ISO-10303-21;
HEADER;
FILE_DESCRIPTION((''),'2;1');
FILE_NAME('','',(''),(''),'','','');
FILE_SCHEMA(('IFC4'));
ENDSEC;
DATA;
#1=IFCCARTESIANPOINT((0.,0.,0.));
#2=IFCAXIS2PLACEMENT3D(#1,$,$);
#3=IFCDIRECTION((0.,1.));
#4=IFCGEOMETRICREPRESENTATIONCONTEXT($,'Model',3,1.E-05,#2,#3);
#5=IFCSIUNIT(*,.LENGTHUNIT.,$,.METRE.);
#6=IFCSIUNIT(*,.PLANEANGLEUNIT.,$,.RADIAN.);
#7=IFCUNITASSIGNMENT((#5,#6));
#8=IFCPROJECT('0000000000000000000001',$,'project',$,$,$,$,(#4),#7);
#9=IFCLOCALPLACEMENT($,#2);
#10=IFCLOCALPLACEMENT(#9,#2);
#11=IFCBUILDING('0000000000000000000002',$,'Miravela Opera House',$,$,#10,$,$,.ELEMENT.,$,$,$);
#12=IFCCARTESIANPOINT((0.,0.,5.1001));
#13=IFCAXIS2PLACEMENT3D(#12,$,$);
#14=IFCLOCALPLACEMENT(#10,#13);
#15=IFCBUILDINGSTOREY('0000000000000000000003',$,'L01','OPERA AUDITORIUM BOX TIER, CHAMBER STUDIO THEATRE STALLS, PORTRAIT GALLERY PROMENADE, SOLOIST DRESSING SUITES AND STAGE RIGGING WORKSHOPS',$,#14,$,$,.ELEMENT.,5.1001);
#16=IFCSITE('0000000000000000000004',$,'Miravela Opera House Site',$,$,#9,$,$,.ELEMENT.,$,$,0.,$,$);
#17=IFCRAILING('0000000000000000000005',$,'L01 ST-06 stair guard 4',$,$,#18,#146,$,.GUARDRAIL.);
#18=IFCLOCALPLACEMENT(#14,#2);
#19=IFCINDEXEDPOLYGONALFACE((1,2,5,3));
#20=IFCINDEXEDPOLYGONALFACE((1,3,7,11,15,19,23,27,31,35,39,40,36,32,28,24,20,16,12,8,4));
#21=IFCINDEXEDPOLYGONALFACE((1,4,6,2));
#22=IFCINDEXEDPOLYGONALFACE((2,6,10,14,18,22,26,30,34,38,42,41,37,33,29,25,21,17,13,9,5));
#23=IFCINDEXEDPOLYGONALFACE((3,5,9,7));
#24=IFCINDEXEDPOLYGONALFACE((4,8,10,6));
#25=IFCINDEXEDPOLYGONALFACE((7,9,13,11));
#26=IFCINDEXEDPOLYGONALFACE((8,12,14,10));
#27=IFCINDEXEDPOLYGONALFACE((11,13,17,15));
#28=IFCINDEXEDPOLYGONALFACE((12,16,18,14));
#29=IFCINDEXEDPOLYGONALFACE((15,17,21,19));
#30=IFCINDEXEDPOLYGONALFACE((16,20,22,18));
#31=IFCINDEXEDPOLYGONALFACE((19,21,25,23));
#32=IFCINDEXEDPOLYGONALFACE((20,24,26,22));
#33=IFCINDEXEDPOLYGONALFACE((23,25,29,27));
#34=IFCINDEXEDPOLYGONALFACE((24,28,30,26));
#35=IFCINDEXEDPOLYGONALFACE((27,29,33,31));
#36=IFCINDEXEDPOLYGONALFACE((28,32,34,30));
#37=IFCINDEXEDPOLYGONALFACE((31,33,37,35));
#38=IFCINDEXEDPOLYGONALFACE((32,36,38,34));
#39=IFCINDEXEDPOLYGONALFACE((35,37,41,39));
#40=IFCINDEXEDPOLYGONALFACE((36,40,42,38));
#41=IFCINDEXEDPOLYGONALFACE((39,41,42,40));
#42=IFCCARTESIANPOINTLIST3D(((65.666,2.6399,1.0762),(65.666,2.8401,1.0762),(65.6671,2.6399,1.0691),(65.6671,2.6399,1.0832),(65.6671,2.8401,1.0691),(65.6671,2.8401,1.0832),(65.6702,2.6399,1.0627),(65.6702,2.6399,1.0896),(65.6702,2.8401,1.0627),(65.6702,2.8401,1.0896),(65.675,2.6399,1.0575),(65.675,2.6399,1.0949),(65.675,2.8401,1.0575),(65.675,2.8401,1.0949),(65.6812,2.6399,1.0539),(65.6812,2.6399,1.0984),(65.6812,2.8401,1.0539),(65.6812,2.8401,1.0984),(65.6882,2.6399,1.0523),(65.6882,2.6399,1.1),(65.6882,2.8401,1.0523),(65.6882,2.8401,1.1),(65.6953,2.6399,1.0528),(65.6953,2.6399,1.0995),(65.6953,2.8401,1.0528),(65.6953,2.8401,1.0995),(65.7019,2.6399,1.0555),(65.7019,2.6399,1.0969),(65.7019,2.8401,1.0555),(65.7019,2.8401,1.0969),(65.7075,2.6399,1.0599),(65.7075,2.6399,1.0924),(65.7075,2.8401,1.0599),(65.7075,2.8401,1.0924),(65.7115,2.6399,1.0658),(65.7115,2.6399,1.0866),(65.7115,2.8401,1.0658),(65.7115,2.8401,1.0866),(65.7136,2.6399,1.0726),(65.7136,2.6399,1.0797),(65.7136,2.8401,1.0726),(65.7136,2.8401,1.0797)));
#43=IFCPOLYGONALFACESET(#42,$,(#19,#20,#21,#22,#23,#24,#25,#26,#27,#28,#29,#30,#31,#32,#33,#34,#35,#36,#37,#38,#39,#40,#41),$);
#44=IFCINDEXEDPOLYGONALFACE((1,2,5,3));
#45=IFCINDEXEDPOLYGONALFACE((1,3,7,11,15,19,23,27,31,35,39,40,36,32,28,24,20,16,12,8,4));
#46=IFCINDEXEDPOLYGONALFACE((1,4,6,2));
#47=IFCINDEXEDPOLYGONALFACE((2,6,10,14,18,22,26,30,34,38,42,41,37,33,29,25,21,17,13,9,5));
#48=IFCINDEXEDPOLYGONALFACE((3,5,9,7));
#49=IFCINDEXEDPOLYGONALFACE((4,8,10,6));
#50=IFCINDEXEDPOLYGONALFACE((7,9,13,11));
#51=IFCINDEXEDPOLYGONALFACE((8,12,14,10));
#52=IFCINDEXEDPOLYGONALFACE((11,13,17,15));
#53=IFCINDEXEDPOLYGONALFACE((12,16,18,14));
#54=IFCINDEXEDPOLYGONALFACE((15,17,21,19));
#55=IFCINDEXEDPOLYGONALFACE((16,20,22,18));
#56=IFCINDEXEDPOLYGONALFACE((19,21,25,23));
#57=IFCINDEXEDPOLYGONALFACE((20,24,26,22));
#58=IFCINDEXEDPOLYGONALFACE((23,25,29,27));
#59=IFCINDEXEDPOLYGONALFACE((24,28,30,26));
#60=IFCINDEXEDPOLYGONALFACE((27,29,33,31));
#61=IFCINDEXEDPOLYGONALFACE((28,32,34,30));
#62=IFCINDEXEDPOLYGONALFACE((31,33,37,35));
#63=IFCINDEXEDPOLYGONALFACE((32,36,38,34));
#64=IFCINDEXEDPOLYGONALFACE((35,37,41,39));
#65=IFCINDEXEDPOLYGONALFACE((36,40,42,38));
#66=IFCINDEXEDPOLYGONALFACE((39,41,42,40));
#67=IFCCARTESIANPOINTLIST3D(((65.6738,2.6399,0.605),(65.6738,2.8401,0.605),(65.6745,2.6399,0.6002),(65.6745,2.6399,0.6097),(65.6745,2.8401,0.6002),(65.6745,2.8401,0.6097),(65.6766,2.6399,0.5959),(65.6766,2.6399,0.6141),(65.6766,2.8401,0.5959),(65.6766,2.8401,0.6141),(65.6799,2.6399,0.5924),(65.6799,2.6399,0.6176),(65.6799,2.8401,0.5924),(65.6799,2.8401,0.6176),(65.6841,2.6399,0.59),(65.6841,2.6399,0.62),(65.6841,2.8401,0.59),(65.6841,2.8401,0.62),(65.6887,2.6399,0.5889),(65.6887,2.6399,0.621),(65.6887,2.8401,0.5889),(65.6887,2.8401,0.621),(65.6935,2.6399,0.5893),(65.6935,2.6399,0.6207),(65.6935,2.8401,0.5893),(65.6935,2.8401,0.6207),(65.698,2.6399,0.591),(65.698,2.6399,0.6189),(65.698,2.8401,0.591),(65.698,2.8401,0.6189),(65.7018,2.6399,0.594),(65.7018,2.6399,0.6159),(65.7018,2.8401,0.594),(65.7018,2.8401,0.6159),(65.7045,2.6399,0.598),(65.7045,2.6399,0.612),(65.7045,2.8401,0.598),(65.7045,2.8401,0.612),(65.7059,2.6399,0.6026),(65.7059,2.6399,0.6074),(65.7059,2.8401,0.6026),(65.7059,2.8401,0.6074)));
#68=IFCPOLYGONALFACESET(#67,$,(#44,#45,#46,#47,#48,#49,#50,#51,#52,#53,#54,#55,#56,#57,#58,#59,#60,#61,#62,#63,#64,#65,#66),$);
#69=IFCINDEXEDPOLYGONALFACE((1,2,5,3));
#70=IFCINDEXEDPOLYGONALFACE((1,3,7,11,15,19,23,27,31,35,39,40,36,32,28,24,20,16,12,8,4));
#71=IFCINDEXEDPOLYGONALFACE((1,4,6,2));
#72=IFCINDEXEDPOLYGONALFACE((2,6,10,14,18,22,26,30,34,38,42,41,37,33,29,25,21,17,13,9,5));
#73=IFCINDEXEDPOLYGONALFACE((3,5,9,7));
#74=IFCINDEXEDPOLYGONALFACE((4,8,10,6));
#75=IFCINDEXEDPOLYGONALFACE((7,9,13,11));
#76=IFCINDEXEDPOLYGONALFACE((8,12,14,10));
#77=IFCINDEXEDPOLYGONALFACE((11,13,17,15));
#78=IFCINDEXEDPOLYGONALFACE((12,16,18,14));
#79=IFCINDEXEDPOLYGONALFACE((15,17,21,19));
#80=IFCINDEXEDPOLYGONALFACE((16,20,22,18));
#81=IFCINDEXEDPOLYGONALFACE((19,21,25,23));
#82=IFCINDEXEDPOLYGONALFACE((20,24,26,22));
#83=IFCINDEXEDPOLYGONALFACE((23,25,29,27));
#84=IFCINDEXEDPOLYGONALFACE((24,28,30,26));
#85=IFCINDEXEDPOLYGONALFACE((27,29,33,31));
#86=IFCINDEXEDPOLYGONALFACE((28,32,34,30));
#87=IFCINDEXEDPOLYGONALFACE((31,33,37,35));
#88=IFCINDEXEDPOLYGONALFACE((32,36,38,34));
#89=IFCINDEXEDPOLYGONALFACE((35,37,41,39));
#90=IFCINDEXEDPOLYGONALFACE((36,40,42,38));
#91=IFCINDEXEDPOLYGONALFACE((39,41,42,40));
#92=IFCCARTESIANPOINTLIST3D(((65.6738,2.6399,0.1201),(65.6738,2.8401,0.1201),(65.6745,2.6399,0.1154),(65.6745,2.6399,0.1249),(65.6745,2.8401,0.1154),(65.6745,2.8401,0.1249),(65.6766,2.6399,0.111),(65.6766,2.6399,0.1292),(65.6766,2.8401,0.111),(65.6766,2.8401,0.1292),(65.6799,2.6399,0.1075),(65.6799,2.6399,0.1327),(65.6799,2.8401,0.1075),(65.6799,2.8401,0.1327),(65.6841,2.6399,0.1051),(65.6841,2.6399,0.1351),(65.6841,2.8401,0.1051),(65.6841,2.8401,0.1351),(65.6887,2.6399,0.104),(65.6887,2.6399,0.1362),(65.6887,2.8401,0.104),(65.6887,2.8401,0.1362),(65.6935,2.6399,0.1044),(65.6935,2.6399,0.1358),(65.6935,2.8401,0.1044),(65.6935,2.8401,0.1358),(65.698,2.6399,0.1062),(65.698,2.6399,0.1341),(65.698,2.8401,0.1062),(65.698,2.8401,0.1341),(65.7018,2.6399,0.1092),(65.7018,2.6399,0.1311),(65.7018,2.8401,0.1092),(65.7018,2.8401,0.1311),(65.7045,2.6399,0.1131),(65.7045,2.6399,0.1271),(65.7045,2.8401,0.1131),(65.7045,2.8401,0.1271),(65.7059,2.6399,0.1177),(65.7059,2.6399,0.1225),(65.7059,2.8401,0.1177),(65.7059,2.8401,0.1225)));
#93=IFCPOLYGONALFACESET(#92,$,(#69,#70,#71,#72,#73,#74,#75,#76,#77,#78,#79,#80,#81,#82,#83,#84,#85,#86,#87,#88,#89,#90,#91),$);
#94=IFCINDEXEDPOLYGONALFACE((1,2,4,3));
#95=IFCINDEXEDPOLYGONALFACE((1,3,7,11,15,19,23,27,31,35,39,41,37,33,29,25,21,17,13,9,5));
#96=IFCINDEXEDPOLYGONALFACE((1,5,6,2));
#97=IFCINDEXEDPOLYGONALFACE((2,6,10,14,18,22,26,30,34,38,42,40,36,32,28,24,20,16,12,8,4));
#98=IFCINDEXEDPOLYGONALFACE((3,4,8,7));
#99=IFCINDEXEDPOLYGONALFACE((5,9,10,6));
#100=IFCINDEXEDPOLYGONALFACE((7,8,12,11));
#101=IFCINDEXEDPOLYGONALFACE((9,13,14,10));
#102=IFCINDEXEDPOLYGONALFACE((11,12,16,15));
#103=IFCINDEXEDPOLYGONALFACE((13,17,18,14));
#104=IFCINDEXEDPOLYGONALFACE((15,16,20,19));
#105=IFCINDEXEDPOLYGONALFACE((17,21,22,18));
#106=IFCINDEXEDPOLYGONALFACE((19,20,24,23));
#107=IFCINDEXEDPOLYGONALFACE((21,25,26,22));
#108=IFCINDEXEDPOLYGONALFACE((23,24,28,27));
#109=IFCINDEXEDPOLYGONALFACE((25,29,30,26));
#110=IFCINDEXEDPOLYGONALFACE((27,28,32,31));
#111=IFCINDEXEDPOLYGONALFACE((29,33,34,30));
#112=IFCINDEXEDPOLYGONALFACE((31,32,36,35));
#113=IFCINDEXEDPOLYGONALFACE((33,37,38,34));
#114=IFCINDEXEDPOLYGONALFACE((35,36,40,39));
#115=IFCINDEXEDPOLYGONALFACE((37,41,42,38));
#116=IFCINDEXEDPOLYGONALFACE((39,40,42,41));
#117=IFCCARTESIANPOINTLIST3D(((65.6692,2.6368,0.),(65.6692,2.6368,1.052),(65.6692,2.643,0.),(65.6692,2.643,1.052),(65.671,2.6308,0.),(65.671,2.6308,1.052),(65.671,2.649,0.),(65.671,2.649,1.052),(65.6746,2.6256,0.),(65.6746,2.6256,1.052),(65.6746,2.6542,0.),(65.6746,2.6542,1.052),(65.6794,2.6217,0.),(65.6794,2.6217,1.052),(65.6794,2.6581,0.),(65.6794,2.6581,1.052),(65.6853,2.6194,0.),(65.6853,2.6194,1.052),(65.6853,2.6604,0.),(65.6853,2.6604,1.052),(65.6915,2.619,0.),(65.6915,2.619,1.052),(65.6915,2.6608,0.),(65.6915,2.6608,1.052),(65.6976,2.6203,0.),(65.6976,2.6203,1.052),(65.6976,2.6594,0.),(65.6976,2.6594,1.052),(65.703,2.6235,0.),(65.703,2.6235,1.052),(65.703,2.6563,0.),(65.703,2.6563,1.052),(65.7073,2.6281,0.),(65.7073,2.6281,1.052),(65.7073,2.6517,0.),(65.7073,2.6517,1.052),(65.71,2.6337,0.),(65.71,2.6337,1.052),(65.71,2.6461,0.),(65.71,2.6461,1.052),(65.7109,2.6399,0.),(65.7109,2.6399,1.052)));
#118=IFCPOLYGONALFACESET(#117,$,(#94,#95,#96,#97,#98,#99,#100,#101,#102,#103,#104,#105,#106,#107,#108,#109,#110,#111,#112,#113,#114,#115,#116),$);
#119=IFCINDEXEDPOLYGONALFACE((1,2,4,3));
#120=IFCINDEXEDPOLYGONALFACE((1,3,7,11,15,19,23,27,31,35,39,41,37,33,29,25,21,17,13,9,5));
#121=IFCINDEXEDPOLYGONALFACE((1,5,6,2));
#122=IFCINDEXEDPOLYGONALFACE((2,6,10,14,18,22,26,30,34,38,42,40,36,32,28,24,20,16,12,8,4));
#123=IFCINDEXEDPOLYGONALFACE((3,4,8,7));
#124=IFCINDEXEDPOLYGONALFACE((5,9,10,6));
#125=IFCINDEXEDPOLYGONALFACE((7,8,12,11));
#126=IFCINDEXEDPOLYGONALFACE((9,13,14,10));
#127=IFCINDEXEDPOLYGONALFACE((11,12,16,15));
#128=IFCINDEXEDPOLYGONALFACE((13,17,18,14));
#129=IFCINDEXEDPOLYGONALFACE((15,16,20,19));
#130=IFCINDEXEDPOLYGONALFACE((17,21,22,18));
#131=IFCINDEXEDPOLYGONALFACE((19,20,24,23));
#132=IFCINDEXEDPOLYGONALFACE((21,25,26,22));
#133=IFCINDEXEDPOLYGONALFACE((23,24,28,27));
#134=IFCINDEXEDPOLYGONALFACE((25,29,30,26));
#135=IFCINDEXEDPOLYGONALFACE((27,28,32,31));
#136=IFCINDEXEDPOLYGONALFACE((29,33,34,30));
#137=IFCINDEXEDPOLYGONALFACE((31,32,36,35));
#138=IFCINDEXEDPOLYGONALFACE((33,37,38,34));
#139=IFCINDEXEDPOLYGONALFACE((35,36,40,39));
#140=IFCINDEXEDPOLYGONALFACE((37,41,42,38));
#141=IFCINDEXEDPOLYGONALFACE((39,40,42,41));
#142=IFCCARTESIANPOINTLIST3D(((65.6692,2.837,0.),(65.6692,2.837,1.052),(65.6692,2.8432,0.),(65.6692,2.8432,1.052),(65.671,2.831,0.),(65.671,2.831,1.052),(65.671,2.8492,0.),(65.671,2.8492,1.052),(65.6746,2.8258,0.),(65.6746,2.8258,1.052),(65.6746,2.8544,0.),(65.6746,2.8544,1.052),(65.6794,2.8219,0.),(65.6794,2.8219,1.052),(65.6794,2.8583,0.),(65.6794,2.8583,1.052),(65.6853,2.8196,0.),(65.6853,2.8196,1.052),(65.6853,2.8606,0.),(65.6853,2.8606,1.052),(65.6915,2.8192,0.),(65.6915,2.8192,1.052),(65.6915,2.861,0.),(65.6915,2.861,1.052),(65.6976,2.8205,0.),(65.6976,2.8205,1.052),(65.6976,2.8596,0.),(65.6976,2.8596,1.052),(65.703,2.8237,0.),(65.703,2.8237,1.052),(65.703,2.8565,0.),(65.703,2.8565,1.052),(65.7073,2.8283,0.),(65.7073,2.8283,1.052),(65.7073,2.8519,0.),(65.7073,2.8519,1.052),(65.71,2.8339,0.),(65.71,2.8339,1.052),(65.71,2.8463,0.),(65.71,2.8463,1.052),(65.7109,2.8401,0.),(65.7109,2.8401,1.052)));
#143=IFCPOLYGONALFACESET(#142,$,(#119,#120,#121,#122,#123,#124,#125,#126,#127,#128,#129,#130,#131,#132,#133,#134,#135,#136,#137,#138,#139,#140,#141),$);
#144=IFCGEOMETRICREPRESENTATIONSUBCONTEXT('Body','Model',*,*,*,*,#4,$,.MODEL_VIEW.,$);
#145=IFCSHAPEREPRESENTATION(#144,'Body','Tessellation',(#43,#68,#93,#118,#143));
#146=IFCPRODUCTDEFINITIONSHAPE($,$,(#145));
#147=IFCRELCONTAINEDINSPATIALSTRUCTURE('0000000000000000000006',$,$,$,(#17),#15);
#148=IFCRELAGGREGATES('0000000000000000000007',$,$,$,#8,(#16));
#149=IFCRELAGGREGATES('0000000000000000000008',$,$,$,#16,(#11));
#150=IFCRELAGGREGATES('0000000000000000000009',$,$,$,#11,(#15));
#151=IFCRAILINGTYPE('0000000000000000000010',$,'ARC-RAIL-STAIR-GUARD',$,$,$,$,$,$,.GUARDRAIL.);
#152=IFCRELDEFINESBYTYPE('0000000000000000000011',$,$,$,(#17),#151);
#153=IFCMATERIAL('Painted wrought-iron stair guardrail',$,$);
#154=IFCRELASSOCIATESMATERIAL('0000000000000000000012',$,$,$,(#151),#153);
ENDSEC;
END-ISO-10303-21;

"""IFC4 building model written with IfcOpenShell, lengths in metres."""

from ifc_helpers import new_model, si_unit, direction, frame, origin, origin_2d, place, context, subcontext, project, spatial, circle, extrude, material, type_object, element, save


model = new_model("IFC4")

# Units and contexts
model_context = context("Model", 3, precision=1e-05, world=origin(), true_north=direction((0.0, 1.0)))
body_context = subcontext(model_context, "Body", "Model", "MODEL_VIEW")
ifc_project = project(units=[si_unit("LENGTHUNIT", "METRE"), si_unit("PLANEANGLEUNIT", "RADIAN")], contexts=[model_context])

# Site, building, storey
site_placement = place(None, origin())
site = spatial("IfcSite", under=ifc_project, at=site_placement, Name="Miravela Opera House Site", CompositionType="ELEMENT", RefElevation=0.0)
building_placement = place(site_placement, origin())
building = spatial("IfcBuilding", under=site, at=building_placement, Name="Miravela Opera House", CompositionType="ELEMENT")
storey_placement = place(building_placement, frame((0.0, 0.0, 5.1001)))
storey = spatial("IfcBuildingStorey", under=building, at=storey_placement, Name="L01", Description="OPERA AUDITORIUM BOX TIER, CHAMBER STUDIO THEATRE STALLS, PORTRAIT GALLERY PROMENADE, SOLOIST DRESSING SUITES AND STAGE RIGGING WORKSHOPS", CompositionType="ELEMENT", Elevation=5.1001)

# Railing
ifc_material_1 = material(Name="Painted wrought-iron stair guardrail")
railing_type_1 = type_object("IfcRailingType", Name="ARC-RAIL-STAIR-GUARD", PredefinedType="GUARDRAIL", material=ifc_material_1)
railing_1_placement = place(storey_placement, frame((65.6899, 2.6399, 0.0)))
element("IfcRailing", 1, at=railing_1_placement, inside=storey, type_object=railing_type_1, Name="L01 ST-06 stair guard 4", PredefinedType="GUARDRAIL", context=body_context, shape_type="SweptSolid", body=[
    extrude(circle(Radius=0.0239, at=origin_2d()), frame((0.0, 0.0, 1.0762), z_axis=(0.0, 1.0, 0.0), x_axis=(-1.0, 0.0, 0.0)), (0.0, 0.0, 1.0), 0.2002),
    extrude(circle(Radius=0.0161, at=origin_2d()), frame((0.0, 0.0, 0.605), z_axis=(0.0, 1.0, 0.0), x_axis=(-1.0, 0.0, 0.0)), (0.0, 0.0, 1.0), 0.2002),
    extrude(circle(Radius=0.0161, at=origin_2d()), frame((0.0, 0.0, 0.1201), z_axis=(0.0, 1.0, 0.0), x_axis=(-1.0, 0.0, 0.0)), (0.0, 0.0, 1.0), 0.2002),
    extrude(circle(Radius=0.021, at=origin_2d()), origin(), (0.0, 0.0, 1.0), 1.052),
    extrude(circle(Radius=0.021, at=origin_2d()), frame((0.0, 0.2002, 0.0)), (0.0, 0.0, 1.0), 1.052),
])

save(model, "model.ifc")
